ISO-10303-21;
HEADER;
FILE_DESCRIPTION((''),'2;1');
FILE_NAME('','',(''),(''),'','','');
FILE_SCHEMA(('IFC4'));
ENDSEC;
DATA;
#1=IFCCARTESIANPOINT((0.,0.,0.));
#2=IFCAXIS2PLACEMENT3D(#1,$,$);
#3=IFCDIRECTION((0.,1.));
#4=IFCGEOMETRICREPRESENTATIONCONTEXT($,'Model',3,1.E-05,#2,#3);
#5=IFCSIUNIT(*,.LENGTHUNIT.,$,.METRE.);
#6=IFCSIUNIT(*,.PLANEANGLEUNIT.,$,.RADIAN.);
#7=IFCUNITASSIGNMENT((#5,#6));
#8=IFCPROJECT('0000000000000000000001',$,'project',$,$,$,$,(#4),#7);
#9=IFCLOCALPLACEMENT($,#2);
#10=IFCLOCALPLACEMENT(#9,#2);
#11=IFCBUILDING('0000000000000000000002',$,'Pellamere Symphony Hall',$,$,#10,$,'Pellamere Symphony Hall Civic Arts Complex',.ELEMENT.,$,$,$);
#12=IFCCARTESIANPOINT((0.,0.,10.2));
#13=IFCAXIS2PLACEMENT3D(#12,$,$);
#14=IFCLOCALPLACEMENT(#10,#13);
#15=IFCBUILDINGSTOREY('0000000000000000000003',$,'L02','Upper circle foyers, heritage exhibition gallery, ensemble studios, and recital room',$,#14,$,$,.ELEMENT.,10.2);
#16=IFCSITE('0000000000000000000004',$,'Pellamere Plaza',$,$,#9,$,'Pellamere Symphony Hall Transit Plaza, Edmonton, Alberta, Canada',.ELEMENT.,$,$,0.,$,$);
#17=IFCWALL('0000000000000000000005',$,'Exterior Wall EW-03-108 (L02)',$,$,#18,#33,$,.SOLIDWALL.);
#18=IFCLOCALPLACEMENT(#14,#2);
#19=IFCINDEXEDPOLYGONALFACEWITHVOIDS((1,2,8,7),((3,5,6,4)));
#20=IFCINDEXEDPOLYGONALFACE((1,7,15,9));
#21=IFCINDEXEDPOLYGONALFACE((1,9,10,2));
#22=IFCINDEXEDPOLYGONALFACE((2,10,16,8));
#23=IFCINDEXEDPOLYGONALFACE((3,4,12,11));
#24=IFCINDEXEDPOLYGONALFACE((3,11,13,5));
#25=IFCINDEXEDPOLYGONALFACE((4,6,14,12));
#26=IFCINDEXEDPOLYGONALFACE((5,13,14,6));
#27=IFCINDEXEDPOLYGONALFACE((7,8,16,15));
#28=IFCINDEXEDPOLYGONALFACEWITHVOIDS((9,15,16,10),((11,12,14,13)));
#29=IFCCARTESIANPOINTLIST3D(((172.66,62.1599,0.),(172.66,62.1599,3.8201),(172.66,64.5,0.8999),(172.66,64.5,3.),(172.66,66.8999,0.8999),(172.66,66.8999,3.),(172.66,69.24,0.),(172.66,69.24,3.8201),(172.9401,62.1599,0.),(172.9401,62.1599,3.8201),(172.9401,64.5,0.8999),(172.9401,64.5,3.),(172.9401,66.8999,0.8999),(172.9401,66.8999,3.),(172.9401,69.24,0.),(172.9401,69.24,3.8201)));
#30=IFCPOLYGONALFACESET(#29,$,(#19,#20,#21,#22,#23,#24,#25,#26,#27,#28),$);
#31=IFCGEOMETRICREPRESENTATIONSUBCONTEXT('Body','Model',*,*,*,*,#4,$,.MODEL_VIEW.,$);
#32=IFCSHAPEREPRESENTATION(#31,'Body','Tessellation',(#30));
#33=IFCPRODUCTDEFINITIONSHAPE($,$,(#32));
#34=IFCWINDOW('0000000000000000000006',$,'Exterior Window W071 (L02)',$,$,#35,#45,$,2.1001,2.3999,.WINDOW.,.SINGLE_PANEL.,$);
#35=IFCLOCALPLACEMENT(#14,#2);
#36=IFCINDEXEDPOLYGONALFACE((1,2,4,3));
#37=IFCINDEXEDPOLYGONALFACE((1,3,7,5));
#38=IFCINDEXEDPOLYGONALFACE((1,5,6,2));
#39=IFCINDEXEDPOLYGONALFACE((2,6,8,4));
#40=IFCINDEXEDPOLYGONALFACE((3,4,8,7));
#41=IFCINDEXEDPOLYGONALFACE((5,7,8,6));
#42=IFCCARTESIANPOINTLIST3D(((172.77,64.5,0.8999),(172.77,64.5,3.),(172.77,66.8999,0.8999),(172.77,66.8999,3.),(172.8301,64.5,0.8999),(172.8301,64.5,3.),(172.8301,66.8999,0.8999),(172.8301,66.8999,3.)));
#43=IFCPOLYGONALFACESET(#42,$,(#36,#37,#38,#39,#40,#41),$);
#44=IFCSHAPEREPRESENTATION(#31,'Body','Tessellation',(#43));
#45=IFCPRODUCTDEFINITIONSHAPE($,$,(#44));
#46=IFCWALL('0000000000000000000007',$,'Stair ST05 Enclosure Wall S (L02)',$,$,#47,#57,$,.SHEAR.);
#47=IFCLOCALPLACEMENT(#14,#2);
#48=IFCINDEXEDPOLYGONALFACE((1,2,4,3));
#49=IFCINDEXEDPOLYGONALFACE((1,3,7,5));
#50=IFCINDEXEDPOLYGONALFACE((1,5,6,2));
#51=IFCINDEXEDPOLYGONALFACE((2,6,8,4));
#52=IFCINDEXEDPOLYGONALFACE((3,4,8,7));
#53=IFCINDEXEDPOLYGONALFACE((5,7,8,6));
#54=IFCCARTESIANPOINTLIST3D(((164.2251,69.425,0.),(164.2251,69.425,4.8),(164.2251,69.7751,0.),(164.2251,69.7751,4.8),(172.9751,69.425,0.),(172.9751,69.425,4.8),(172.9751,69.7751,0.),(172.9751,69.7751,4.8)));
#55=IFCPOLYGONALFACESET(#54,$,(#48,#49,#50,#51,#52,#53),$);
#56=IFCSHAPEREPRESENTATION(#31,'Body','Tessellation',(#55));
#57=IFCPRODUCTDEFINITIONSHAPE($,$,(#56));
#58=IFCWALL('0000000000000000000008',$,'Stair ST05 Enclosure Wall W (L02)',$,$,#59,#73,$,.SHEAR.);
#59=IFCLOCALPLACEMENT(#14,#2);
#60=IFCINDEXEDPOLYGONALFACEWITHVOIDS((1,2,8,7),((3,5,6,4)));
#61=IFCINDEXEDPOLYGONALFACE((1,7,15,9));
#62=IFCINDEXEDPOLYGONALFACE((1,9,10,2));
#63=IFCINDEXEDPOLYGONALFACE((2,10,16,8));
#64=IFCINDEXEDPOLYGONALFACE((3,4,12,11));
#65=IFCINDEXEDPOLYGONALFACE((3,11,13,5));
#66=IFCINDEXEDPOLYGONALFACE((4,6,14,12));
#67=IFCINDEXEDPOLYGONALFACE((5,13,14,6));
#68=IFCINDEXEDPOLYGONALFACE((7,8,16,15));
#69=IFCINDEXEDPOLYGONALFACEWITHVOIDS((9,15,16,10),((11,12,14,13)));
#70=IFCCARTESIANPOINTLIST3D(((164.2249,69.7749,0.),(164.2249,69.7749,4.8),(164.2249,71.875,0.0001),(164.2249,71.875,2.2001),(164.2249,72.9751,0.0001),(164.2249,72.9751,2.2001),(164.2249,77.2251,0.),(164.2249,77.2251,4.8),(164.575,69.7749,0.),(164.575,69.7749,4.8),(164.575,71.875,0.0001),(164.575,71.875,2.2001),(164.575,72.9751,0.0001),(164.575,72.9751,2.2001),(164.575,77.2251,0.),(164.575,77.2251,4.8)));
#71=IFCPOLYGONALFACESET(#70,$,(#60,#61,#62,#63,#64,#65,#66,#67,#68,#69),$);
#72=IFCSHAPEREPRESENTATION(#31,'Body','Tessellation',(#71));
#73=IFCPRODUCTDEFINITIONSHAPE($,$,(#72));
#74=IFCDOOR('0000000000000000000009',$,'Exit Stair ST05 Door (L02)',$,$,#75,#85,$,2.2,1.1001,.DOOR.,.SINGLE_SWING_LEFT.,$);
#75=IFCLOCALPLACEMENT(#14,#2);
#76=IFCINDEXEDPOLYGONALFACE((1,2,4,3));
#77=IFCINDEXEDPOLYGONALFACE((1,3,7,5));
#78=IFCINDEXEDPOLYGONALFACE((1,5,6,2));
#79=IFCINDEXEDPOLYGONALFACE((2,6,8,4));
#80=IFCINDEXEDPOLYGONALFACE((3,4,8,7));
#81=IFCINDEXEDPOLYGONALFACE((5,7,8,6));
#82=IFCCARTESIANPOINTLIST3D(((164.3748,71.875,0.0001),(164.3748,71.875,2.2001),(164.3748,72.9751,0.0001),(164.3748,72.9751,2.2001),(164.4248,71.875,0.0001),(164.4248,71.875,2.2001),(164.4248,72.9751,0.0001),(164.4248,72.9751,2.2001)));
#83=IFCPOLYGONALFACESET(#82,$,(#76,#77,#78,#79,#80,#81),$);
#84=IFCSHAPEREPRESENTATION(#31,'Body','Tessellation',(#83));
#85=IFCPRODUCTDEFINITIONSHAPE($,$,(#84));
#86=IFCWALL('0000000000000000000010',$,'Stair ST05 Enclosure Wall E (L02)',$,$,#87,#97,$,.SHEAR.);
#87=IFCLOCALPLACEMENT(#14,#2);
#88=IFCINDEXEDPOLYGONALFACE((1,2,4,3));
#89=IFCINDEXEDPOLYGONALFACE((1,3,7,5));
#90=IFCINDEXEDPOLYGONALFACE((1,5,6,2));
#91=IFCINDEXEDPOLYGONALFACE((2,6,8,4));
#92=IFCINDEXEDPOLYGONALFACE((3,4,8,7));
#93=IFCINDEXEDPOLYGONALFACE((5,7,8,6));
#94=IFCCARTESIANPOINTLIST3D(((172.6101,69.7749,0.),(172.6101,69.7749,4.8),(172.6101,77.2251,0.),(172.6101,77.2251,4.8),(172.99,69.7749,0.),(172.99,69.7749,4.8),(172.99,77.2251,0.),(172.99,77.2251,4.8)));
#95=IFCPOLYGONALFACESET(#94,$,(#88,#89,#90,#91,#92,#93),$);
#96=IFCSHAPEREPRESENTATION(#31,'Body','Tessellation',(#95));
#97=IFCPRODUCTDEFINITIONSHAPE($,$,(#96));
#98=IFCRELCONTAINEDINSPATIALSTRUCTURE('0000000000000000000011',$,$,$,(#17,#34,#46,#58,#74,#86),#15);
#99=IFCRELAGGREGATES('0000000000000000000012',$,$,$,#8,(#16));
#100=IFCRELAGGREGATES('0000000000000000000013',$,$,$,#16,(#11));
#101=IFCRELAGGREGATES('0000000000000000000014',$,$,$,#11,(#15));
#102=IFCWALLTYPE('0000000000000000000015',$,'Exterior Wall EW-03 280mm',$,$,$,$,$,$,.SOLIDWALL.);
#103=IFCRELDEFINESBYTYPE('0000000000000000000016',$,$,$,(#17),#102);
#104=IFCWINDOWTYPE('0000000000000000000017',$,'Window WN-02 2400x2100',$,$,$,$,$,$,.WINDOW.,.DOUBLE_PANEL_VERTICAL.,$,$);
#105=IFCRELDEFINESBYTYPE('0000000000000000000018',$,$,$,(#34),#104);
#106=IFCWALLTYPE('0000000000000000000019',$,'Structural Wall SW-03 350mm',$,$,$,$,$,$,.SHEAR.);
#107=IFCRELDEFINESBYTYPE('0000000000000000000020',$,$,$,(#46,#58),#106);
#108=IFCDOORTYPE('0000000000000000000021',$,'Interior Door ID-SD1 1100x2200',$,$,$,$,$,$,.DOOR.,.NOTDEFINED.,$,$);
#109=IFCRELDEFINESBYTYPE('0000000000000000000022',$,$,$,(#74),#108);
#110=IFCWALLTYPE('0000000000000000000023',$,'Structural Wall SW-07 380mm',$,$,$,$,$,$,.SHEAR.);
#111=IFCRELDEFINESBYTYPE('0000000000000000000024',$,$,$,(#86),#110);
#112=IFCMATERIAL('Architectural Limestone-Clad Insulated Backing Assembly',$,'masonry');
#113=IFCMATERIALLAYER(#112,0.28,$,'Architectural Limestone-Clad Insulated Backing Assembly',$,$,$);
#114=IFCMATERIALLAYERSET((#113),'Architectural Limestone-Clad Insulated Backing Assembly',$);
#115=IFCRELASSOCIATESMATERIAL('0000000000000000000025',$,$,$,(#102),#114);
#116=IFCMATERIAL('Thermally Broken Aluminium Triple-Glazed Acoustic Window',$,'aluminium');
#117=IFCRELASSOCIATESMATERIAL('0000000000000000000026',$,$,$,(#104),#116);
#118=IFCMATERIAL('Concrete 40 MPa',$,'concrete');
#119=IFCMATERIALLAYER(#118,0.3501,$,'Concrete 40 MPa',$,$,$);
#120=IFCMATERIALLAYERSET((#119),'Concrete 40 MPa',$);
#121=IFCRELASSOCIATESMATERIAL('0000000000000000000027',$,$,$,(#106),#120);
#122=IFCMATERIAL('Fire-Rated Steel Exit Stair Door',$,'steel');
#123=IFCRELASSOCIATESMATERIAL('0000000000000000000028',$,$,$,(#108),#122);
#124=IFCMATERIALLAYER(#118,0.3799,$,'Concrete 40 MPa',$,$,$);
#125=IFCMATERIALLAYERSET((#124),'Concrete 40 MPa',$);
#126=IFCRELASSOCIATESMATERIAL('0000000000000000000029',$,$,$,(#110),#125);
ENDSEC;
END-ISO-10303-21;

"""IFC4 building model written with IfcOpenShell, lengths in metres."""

from ifc_helpers import new_model, si_unit, direction, frame, frame_2d, origin, place, context, subcontext, project, spatial, rectangle, extrude, material, layer, layer_set, type_object, element, fill, save


model = new_model("IFC4")

# Units and contexts
model_context = context("Model", 3, precision=1e-05, world=origin(), true_north=direction((0.0, 1.0)))
body_context = subcontext(model_context, "Body", "Model", "MODEL_VIEW")
ifc_project = project(units=[si_unit("LENGTHUNIT", "METRE"), si_unit("PLANEANGLEUNIT", "RADIAN")], contexts=[model_context])

# Site, building, storey
site_placement = place(None, origin())
site = spatial("IfcSite", under=ifc_project, at=site_placement, Name="Pellamere Plaza", LongName="Pellamere Symphony Hall Transit Plaza, Edmonton, Alberta, Canada", CompositionType="ELEMENT", RefElevation=0.0)
building_placement = place(site_placement, origin())
building = spatial("IfcBuilding", under=site, at=building_placement, Name="Pellamere Symphony Hall", LongName="Pellamere Symphony Hall Civic Arts Complex", CompositionType="ELEMENT")
storey_placement = place(building_placement, frame((0.0, 0.0, 10.2)))
storey = spatial("IfcBuildingStorey", under=building, at=storey_placement, Name="L02", Description="Upper circle foyers, heritage exhibition gallery, ensemble studios, and recital room", CompositionType="ELEMENT", Elevation=10.2)

# Shared definitions
ifc_material_1 = material(Name="Concrete 40 MPa", Category="concrete")

# Wall, opening, window
ifc_material_2 = material(Name="Architectural Limestone-Clad Insulated Backing Assembly", Category="masonry")
ifc_layer_1 = layer(ifc_material_2, 0.28, Name="Architectural Limestone-Clad Insulated Backing Assembly")
ifc_layer_set_1 = layer_set([ifc_layer_1], Name="Architectural Limestone-Clad Insulated Backing Assembly")
wall_type_1 = type_object("IfcWallType", Name="Exterior Wall EW-03 280mm", PredefinedType="SOLIDWALL", material=ifc_layer_set_1)
wall_1_placement = place(storey_placement, frame((172.8, 62.1599, 0.0), z_axis=(0.0, 0.0, 1.0), x_axis=(0.0, 1.0, 0.0)))
wall_1 = element("IfcWall", 1, at=wall_1_placement, inside=storey, type_object=wall_type_1, Name="Exterior Wall EW-03-108 (L02)", PredefinedType="SOLIDWALL", context=body_context, shape_type="SweptSolid", body=[
    extrude(rectangle(XDim=7.0801, YDim=0.28, at=frame_2d((3.54, 0.0))), origin(), (0.0, 0.0, 1.0), 3.8201),
])
opening_1_placement = place(wall_1_placement, frame((2.3401, 0.0, 0.8999)))
opening_1 = element("IfcOpeningElement", 2, at=opening_1_placement, cuts=wall_1, PredefinedType="OPENING", context=body_context, shape_type="SweptSolid", body=[
    extrude(rectangle(XDim=2.3999, YDim=2.1001, at=frame_2d((1.2, 1.05))), frame((0.0, 0.1499, 0.0), z_axis=(0.0, -1.0, 0.0), x_axis=(1.0, 0.0, 0.0)), (0.0, 0.0, 1.0), 0.3),
])
ifc_material_3 = material(Name="Thermally Broken Aluminium Triple-Glazed Acoustic Window", Category="aluminium")
window_type = type_object("IfcWindowType", Name="Window WN-02 2400x2100", PartitioningType="DOUBLE_PANEL_VERTICAL", PredefinedType="WINDOW", material=ifc_material_3)
window_placement = place(opening_1_placement, origin())
window = element("IfcWindow", 3, at=window_placement, inside=storey, type_object=window_type, Name="Exterior Window W071 (L02)", OverallHeight=2.1001, OverallWidth=2.3999, PartitioningType="SINGLE_PANEL", PredefinedType="WINDOW", context=body_context, shape_type="SweptSolid", body=[
    extrude(rectangle(XDim=2.3999, YDim=2.1001, at=frame_2d((1.2, 1.05))), frame((0.0, 0.03, 0.0), z_axis=(0.0, -1.0, 0.0), x_axis=(1.0, 0.0, 0.0)), (0.0, 0.0, 1.0), 0.0601),
])
fill(opening_1, window)

# Wall
ifc_layer_2 = layer(ifc_material_1, 0.3501, Name="Concrete 40 MPa")
ifc_layer_set_2 = layer_set([ifc_layer_2], Name="Concrete 40 MPa")
wall_type_2 = type_object("IfcWallType", Name="Structural Wall SW-03 350mm", PredefinedType="SHEAR", material=ifc_layer_set_2)
wall_2_placement = place(storey_placement, frame((164.2251, 69.6001, 0.0), z_axis=(0.0, 0.0, 1.0), x_axis=(1.0, 0.0, 0.0)))
element("IfcWall", 4, at=wall_2_placement, inside=storey, type_object=wall_type_2, Name="Stair ST05 Enclosure Wall S (L02)", PredefinedType="SHEAR", context=body_context, shape_type="SweptSolid", body=[
    extrude(rectangle(XDim=8.75, YDim=0.3501, at=frame_2d((4.375, 0.0))), origin(), (0.0, 0.0, 1.0), 4.8),
])

# Wall, opening, door
wall_3_placement = place(storey_placement, frame((164.3999, 69.7749, 0.0), z_axis=(0.0, 0.0, 1.0), x_axis=(0.0, 1.0, 0.0)))
wall_3 = element("IfcWall", 5, at=wall_3_placement, inside=storey, type_object=wall_type_2, Name="Stair ST05 Enclosure Wall W (L02)", PredefinedType="SHEAR", context=body_context, shape_type="SweptSolid", body=[
    extrude(rectangle(XDim=7.4502, YDim=0.3501, at=frame_2d((3.7251, 0.0))), origin(), (0.0, 0.0, 1.0), 4.8),
])
opening_2_placement = place(wall_3_placement, frame((2.1001, 0.0, 0.0)))
opening_2 = element("IfcOpeningElement", 6, at=opening_2_placement, cuts=wall_3, PredefinedType="OPENING", context=body_context, shape_type="SweptSolid", body=[
    extrude(rectangle(XDim=1.1001, YDim=2.2, at=frame_2d((0.55, 1.1001))), frame((0.0, 0.1851, 0.0), z_axis=(0.0, -1.0, 0.0), x_axis=(1.0, 0.0, 0.0)), (0.0, 0.0, 1.0), 0.3701),
])
ifc_material_4 = material(Name="Fire-Rated Steel Exit Stair Door", Category="steel")
door_type = type_object("IfcDoorType", Name="Interior Door ID-SD1 1100x2200", OperationType="NOTDEFINED", PredefinedType="DOOR", material=ifc_material_4)
door_placement = place(opening_2_placement, frame((1.1001, 0.0, 0.0), z_axis=(0.0, 0.0, 1.0), x_axis=(-1.0, 0.0, 0.0)))
door = element("IfcDoor", 7, at=door_placement, inside=storey, type_object=door_type, Name="Exit Stair ST05 Door (L02)", OperationType="SINGLE_SWING_LEFT", OverallHeight=2.2, OverallWidth=1.1001, PredefinedType="DOOR", context=body_context, shape_type="SweptSolid", body=[
    extrude(rectangle(XDim=1.1001, YDim=2.2, at=frame_2d((0.55, 1.1001))), frame((0.0, 0.0249, 0.0), z_axis=(0.0, -1.0, 0.0), x_axis=(1.0, 0.0, 0.0)), (0.0, 0.0, 1.0), 0.05),
])
fill(opening_2, door)

# Wall
ifc_layer_3 = layer(ifc_material_1, 0.3799, Name="Concrete 40 MPa")
ifc_layer_set_3 = layer_set([ifc_layer_3], Name="Concrete 40 MPa")
wall_type_3 = type_object("IfcWallType", Name="Structural Wall SW-07 380mm", PredefinedType="SHEAR", material=ifc_layer_set_3)
wall_4_placement = place(storey_placement, frame((172.8, 69.7749, 0.0), z_axis=(0.0, 0.0, 1.0), x_axis=(0.0, 1.0, 0.0)))
element("IfcWall", 8, at=wall_4_placement, inside=storey, type_object=wall_type_3, Name="Stair ST05 Enclosure Wall E (L02)", PredefinedType="SHEAR", context=body_context, shape_type="SweptSolid", body=[
    extrude(rectangle(XDim=7.4502, YDim=0.3799, at=frame_2d((3.7251, 0.0))), origin(), (0.0, 0.0, 1.0), 4.8),
])

save(model, "model.ifc")
